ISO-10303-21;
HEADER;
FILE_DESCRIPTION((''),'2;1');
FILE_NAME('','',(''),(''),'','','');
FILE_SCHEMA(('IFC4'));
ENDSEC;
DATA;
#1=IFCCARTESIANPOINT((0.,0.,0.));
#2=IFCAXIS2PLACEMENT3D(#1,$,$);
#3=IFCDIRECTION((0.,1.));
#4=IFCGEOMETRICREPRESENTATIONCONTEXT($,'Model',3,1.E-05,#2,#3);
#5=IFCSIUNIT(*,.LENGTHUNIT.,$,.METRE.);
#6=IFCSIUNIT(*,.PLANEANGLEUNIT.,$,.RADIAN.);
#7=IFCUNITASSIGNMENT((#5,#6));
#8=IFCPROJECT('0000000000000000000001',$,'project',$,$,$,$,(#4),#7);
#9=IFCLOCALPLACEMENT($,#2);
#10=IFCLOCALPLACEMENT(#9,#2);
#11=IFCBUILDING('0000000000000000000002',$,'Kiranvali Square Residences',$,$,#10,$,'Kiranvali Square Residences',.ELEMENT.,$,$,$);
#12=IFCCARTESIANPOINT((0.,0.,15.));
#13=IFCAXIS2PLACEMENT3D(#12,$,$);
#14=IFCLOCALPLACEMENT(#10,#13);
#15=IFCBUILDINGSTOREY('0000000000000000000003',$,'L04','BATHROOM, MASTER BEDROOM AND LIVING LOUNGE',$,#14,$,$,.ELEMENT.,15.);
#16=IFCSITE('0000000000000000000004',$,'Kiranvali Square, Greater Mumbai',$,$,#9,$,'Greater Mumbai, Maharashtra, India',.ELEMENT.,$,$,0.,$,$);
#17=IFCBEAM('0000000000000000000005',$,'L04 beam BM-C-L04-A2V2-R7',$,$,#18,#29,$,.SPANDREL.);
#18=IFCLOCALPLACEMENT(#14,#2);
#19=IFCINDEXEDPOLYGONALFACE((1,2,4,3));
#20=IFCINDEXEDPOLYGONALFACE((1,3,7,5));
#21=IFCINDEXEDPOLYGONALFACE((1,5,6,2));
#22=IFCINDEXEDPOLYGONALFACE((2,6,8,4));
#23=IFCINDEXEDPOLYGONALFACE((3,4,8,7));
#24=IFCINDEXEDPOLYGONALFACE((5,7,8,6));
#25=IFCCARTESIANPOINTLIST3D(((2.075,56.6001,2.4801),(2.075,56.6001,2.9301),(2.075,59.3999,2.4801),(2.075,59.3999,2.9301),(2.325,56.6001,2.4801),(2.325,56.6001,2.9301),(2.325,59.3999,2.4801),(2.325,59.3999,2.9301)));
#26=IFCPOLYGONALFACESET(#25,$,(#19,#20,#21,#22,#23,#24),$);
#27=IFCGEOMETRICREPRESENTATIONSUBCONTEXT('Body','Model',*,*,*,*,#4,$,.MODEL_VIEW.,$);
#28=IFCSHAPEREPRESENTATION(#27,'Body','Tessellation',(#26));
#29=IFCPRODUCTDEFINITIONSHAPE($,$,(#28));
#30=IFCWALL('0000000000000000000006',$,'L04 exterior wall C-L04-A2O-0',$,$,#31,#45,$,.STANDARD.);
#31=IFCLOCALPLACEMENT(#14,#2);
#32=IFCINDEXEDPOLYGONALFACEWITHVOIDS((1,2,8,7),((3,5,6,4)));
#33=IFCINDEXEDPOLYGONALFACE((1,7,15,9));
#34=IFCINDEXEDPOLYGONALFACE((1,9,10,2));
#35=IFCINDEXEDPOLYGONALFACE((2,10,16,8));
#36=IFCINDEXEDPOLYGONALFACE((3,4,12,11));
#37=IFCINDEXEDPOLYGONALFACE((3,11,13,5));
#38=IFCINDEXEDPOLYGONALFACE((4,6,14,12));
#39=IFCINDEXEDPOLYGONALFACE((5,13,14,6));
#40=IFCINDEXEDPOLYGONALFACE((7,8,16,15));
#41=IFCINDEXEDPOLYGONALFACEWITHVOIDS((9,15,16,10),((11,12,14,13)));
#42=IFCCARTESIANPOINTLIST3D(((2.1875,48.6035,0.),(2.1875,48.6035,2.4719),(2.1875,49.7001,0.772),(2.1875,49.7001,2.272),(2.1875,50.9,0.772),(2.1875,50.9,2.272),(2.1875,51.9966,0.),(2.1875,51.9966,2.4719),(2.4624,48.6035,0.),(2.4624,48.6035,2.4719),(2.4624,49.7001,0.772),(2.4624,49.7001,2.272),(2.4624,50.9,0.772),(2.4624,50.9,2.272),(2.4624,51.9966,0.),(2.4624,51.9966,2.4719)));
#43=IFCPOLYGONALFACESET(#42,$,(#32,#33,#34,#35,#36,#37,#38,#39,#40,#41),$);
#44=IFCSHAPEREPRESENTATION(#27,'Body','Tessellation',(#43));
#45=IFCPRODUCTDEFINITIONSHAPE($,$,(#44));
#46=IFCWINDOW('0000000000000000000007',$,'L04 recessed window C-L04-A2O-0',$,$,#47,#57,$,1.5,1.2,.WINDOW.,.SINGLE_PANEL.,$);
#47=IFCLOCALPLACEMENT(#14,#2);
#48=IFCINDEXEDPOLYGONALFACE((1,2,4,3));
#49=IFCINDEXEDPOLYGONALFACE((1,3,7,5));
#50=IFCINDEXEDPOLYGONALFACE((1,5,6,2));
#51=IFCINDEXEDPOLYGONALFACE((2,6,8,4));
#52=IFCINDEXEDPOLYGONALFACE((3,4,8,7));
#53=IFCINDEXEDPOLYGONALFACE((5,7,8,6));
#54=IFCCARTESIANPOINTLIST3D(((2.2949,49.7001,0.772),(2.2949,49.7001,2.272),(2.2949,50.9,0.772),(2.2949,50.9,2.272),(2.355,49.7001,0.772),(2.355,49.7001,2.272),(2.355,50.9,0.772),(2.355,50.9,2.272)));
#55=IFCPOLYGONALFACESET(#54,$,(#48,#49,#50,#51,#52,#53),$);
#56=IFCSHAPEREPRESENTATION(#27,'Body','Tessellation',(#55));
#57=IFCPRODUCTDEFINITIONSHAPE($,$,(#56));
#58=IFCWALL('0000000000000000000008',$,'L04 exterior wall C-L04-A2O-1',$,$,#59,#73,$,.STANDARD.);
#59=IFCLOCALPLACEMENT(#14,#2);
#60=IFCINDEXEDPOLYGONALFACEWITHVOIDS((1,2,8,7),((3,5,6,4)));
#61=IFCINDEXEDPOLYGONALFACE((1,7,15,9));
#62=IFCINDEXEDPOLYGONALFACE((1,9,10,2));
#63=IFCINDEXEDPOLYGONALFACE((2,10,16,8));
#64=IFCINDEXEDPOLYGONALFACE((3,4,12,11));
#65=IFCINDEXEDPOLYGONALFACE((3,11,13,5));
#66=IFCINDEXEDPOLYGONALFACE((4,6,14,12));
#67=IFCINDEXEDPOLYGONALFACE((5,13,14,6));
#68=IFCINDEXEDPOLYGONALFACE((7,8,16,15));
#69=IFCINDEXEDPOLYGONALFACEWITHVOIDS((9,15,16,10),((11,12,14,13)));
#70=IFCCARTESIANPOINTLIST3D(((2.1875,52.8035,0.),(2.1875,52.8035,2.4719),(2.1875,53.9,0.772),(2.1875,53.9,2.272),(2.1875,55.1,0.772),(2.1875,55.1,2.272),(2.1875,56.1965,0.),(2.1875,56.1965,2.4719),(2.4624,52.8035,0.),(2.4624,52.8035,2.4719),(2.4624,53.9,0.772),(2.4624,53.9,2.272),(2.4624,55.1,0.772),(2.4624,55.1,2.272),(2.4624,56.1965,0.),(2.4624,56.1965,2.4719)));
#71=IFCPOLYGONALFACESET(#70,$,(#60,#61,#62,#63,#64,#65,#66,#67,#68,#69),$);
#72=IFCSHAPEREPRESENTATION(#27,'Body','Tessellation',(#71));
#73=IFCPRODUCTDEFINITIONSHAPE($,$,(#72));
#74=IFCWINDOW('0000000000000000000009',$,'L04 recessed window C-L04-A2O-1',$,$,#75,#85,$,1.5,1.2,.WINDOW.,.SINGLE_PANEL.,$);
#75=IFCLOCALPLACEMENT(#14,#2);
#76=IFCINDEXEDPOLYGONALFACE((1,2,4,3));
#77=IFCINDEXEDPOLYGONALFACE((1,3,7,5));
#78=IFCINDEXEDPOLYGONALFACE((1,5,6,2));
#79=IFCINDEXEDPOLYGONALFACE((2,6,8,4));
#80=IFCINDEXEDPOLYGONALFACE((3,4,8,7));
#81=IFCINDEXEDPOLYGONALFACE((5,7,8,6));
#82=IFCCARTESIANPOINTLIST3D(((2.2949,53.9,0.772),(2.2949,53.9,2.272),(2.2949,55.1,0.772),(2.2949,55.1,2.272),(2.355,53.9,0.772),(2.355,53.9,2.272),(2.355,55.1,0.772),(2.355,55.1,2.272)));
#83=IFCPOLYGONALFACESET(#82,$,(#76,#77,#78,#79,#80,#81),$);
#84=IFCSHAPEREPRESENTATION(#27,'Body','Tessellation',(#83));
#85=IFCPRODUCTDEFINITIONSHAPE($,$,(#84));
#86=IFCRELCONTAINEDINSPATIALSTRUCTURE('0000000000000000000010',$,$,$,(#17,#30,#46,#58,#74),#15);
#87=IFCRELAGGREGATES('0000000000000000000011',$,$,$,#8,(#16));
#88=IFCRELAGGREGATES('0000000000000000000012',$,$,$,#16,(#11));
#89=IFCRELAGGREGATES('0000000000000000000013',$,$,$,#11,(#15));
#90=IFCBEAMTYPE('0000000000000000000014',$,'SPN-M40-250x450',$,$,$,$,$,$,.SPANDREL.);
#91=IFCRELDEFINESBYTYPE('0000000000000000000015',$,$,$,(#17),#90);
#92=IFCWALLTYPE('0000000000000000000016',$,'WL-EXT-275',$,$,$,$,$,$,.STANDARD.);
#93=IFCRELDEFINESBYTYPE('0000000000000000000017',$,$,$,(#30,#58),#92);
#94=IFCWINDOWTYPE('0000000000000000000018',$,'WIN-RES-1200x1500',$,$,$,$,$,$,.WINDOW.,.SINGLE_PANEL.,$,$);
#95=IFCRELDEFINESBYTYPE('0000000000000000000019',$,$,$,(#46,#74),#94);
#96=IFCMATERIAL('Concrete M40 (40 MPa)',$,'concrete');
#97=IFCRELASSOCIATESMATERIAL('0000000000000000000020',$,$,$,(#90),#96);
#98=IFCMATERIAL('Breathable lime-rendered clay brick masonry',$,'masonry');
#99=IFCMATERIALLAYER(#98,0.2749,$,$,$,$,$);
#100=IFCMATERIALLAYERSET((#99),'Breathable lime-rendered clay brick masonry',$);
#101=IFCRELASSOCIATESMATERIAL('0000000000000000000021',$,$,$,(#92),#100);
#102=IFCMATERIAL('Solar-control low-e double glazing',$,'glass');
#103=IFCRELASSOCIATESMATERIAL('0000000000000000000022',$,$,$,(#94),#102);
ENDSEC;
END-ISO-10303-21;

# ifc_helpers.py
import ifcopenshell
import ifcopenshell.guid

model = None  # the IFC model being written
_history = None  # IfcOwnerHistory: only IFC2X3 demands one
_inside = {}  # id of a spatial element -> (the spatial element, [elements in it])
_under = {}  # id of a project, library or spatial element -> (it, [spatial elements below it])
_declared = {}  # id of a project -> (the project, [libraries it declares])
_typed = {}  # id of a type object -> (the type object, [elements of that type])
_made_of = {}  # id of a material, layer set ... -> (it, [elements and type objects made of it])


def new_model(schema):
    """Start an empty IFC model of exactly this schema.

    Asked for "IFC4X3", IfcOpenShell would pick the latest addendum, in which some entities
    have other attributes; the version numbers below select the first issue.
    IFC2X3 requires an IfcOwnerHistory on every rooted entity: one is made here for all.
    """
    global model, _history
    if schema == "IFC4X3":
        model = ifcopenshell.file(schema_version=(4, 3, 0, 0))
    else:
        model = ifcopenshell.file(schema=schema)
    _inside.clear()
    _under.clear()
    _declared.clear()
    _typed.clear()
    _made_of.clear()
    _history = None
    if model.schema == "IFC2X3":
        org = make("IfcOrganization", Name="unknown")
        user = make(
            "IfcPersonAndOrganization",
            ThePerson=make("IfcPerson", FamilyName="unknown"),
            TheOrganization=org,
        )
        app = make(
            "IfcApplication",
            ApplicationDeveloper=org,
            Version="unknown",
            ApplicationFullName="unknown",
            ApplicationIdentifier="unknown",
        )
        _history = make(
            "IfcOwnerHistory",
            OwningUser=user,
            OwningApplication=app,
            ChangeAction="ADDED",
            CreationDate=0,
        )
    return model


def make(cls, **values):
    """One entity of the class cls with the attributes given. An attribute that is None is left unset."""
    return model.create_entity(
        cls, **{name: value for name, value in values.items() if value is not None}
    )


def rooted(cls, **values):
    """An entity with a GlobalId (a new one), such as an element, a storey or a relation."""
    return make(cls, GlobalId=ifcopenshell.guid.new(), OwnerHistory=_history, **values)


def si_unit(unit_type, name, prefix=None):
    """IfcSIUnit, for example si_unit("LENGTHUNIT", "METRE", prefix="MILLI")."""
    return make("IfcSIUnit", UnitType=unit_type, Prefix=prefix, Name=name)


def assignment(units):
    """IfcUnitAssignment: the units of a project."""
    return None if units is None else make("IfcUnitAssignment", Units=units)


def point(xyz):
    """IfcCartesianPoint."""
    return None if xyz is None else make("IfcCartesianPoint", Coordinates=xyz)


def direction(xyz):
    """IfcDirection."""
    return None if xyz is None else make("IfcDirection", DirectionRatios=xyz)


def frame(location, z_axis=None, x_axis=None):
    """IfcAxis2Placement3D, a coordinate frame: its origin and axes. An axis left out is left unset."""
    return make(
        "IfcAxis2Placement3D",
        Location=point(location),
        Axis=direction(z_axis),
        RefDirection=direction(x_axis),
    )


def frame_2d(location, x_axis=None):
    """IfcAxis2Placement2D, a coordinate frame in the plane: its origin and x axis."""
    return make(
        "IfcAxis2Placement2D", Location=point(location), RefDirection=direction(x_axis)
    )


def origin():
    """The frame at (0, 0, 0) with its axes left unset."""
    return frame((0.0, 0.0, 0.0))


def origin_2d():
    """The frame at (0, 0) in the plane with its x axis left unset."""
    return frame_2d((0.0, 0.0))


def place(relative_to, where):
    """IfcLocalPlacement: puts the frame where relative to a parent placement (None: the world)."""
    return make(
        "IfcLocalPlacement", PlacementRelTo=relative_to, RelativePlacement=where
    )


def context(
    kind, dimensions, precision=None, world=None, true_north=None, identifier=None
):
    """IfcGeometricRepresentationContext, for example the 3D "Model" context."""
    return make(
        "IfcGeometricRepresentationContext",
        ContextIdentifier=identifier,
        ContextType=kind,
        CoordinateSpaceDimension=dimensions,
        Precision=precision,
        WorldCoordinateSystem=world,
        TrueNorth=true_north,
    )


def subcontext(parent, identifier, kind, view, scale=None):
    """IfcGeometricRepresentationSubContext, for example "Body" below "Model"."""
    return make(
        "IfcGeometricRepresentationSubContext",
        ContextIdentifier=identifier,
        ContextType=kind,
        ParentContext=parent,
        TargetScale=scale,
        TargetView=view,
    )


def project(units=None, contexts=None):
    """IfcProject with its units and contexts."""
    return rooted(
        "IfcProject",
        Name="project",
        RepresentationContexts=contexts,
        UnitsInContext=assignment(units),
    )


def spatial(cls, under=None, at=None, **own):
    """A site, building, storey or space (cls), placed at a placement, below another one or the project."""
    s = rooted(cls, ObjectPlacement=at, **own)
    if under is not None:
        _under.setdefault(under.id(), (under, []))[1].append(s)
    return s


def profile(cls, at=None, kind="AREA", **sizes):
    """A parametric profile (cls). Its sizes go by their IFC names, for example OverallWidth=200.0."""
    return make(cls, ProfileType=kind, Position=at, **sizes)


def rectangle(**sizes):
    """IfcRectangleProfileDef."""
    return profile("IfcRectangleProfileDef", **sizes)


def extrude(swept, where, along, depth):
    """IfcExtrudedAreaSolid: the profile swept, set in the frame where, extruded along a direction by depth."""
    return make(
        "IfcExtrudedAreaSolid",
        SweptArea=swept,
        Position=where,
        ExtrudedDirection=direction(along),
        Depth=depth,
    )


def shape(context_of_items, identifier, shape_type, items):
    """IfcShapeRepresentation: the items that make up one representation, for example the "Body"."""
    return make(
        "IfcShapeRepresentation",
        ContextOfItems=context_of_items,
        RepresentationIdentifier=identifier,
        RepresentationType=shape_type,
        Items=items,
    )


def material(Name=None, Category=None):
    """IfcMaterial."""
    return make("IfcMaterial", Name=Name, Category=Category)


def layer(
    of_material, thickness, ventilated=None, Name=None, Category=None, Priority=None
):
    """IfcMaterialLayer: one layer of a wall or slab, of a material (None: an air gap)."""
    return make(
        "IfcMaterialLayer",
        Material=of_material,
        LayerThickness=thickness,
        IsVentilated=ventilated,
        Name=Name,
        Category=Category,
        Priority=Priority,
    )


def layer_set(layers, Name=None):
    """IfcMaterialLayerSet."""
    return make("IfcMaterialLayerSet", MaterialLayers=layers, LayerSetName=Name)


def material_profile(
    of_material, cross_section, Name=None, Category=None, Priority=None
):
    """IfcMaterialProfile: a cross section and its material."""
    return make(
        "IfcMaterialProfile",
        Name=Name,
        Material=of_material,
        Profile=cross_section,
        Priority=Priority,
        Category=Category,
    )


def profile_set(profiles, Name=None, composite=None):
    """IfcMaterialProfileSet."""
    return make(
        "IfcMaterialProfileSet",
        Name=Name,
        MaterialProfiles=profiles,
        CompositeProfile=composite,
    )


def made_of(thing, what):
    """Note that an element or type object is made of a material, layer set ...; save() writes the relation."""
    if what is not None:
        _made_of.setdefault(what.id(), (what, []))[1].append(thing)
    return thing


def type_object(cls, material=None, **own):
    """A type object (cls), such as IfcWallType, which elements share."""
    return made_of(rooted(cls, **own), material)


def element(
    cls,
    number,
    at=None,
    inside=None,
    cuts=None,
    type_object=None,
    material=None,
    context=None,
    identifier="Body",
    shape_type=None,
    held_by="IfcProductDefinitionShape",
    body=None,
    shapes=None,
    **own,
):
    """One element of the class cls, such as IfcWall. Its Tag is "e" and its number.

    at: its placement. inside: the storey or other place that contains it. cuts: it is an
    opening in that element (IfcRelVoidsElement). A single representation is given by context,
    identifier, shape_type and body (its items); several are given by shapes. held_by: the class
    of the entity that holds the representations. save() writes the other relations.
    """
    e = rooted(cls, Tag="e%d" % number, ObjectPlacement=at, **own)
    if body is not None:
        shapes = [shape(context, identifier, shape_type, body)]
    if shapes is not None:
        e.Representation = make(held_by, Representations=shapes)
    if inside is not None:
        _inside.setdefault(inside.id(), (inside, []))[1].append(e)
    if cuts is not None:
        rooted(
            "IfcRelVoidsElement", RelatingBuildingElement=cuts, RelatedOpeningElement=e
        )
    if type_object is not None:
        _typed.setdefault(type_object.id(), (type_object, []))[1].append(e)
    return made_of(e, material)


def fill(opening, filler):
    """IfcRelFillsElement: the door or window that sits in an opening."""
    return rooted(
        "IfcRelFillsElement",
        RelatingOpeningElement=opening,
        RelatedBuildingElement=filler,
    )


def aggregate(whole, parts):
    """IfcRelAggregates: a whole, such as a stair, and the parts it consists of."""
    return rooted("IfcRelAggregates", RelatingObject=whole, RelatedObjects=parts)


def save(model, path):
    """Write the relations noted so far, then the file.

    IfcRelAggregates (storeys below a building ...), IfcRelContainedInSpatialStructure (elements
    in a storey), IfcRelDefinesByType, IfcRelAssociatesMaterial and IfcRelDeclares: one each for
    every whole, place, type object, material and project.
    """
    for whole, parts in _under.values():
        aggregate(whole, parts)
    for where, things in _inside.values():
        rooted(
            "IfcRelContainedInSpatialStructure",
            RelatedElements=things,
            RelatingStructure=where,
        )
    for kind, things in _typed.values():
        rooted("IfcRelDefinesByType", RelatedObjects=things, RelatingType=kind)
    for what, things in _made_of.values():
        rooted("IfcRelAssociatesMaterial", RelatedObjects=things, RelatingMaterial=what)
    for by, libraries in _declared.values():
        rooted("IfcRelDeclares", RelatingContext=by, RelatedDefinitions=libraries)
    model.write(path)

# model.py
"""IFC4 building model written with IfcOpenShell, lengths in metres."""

from ifc_helpers import new_model, si_unit, direction, frame, frame_2d, origin, origin_2d, place, context, subcontext, project, spatial, rectangle, extrude, material, layer, layer_set, material_profile, profile_set, type_object, element, fill, save


model = new_model("IFC4")

# Units and contexts
model_context = context("Model", 3, precision=1e-05, world=origin(), true_north=direction((0.0, 1.0)))
body_context = subcontext(model_context, "Body", "Model", "MODEL_VIEW")
ifc_project = project(units=[si_unit("LENGTHUNIT", "METRE"), si_unit("PLANEANGLEUNIT", "RADIAN")], contexts=[model_context])

# Site, building, storey
site_placement = place(None, origin())
site = spatial("IfcSite", under=ifc_project, at=site_placement, Name="Kiranvali Square, Greater Mumbai", LongName="Greater Mumbai, Maharashtra, India", CompositionType="ELEMENT", RefElevation=0.0)
building_placement = place(site_placement, origin())
building = spatial("IfcBuilding", under=site, at=building_placement, Name="Kiranvali Square Residences", LongName="Kiranvali Square Residences", CompositionType="ELEMENT")
storey_placement = place(building_placement, frame((0.0, 0.0, 15.0)))
storey = spatial("IfcBuildingStorey", under=building, at=storey_placement, Name="L04", Description="BATHROOM, MASTER BEDROOM AND LIVING LOUNGE", CompositionType="ELEMENT", Elevation=15.0)

# Beam
ifc_material_1 = material(Name="Concrete M40 (40 MPa)", Category="concrete")
ifc_material_profile_1 = material_profile(ifc_material_1, rectangle(XDim=0.25, YDim=0.45, at=origin_2d()), Name="RC 250x450")
ifc_profile_set_1 = profile_set([ifc_material_profile_1], Name="Concrete M40 (40 MPa)")
beam_type_1 = type_object("IfcBeamType", Name="SPN-M40-250x450", PredefinedType="SPANDREL", material=ifc_profile_set_1)
beam_1_placement = place(storey_placement, frame((2.2, 56.6001, 2.7051), z_axis=(0.0, 1.0, 0.0), x_axis=(-1.0, 0.0, 0.0)))
element("IfcBeam", 1, at=beam_1_placement, inside=storey, type_object=beam_type_1, Name="L04 beam BM-C-L04-A2V2-R7", PredefinedType="SPANDREL", context=body_context, shape_type="SweptSolid", body=[
    extrude(rectangle(XDim=0.25, YDim=0.45, at=origin_2d()), origin(), (0.0, 0.0, 1.0), 2.7998),
])

# Walls, openings, windows
ifc_material_2 = material(Name="Breathable lime-rendered clay brick masonry", Category="masonry")
ifc_layer = layer(ifc_material_2, 0.2749)
ifc_layer_set = layer_set([ifc_layer], Name="Breathable lime-rendered clay brick masonry")
wall_type = type_object("IfcWallType", Name="WL-EXT-275", PredefinedType="STANDARD", material=ifc_layer_set)
wall_1_placement = place(storey_placement, frame((2.325, 48.6035, 0.0), z_axis=(0.0, 0.0, 1.0), x_axis=(0.0, 1.0, 0.0)))
wall_1 = element("IfcWall", 2, at=wall_1_placement, inside=storey, type_object=wall_type, Name="L04 exterior wall C-L04-A2O-0", PredefinedType="STANDARD", context=body_context, shape_type="SweptSolid", body=[
    extrude(rectangle(XDim=3.3931, YDim=0.2749, at=frame_2d((1.6965, 0.0))), origin(), (0.0, 0.0, 1.0), 2.4719),
])
opening_1_placement = place(wall_1_placement, frame((1.0964, 0.0, 0.772)))
opening_1 = element("IfcOpeningElement", 3, at=opening_1_placement, cuts=wall_1, PredefinedType="OPENING", context=body_context, shape_type="SweptSolid", body=[
    extrude(rectangle(XDim=1.2, YDim=1.5, at=frame_2d((0.6001, 0.75))), frame((0.0, 0.1475, 0.0), z_axis=(0.0, -1.0, 0.0), x_axis=(1.0, 0.0, 0.0)), (0.0, 0.0, 1.0), 0.2949),
])
ifc_material_3 = material(Name="Solar-control low-e double glazing", Category="glass")
window_type = type_object("IfcWindowType", Name="WIN-RES-1200x1500", PartitioningType="SINGLE_PANEL", PredefinedType="WINDOW", material=ifc_material_3)
window_1_placement = place(opening_1_placement, origin())
window_1 = element("IfcWindow", 4, at=window_1_placement, inside=storey, type_object=window_type, Name="L04 recessed window C-L04-A2O-0", OverallHeight=1.5, OverallWidth=1.2, PartitioningType="SINGLE_PANEL", PredefinedType="WINDOW", context=body_context, shape_type="SweptSolid", body=[
    extrude(rectangle(XDim=1.2, YDim=1.5, at=frame_2d((0.6001, 0.75))), frame((0.0, 0.03, 0.0), z_axis=(0.0, -1.0, 0.0), x_axis=(1.0, 0.0, 0.0)), (0.0, 0.0, 1.0), 0.0601),
])
fill(opening_1, window_1)
wall_2_placement = place(storey_placement, frame((2.325, 52.8035, 0.0), z_axis=(0.0, 0.0, 1.0), x_axis=(0.0, 1.0, 0.0)))
wall_2 = element("IfcWall", 5, at=wall_2_placement, inside=storey, type_object=wall_type, Name="L04 exterior wall C-L04-A2O-1", PredefinedType="STANDARD", context=body_context, shape_type="SweptSolid", body=[
    extrude(rectangle(XDim=3.3931, YDim=0.2749, at=frame_2d((1.6965, 0.0))), origin(), (0.0, 0.0, 1.0), 2.4719),
])
opening_2_placement = place(wall_2_placement, frame((1.0964, 0.0, 0.772)))
opening_2 = element("IfcOpeningElement", 6, at=opening_2_placement, cuts=wall_2, PredefinedType="OPENING", context=body_context, shape_type="SweptSolid", body=[
    extrude(rectangle(XDim=1.2, YDim=1.5, at=frame_2d((0.6001, 0.75))), frame((0.0, 0.1475, 0.0), z_axis=(0.0, -1.0, 0.0), x_axis=(1.0, 0.0, 0.0)), (0.0, 0.0, 1.0), 0.2949),
])
window_2_placement = place(opening_2_placement, origin())
window_2 = element("IfcWindow", 7, at=window_2_placement, inside=storey, type_object=window_type, Name="L04 recessed window C-L04-A2O-1", OverallHeight=1.5, OverallWidth=1.2, PartitioningType="SINGLE_PANEL", PredefinedType="WINDOW", context=body_context, shape_type="SweptSolid", body=[
    extrude(rectangle(XDim=1.2, YDim=1.5, at=frame_2d((0.6001, 0.75))), frame((0.0, 0.03, 0.0), z_axis=(0.0, -1.0, 0.0), x_axis=(1.0, 0.0, 0.0)), (0.0, 0.0, 1.0), 0.0601),
])
fill(opening_2, window_2)

save(model, "model.ifc")
